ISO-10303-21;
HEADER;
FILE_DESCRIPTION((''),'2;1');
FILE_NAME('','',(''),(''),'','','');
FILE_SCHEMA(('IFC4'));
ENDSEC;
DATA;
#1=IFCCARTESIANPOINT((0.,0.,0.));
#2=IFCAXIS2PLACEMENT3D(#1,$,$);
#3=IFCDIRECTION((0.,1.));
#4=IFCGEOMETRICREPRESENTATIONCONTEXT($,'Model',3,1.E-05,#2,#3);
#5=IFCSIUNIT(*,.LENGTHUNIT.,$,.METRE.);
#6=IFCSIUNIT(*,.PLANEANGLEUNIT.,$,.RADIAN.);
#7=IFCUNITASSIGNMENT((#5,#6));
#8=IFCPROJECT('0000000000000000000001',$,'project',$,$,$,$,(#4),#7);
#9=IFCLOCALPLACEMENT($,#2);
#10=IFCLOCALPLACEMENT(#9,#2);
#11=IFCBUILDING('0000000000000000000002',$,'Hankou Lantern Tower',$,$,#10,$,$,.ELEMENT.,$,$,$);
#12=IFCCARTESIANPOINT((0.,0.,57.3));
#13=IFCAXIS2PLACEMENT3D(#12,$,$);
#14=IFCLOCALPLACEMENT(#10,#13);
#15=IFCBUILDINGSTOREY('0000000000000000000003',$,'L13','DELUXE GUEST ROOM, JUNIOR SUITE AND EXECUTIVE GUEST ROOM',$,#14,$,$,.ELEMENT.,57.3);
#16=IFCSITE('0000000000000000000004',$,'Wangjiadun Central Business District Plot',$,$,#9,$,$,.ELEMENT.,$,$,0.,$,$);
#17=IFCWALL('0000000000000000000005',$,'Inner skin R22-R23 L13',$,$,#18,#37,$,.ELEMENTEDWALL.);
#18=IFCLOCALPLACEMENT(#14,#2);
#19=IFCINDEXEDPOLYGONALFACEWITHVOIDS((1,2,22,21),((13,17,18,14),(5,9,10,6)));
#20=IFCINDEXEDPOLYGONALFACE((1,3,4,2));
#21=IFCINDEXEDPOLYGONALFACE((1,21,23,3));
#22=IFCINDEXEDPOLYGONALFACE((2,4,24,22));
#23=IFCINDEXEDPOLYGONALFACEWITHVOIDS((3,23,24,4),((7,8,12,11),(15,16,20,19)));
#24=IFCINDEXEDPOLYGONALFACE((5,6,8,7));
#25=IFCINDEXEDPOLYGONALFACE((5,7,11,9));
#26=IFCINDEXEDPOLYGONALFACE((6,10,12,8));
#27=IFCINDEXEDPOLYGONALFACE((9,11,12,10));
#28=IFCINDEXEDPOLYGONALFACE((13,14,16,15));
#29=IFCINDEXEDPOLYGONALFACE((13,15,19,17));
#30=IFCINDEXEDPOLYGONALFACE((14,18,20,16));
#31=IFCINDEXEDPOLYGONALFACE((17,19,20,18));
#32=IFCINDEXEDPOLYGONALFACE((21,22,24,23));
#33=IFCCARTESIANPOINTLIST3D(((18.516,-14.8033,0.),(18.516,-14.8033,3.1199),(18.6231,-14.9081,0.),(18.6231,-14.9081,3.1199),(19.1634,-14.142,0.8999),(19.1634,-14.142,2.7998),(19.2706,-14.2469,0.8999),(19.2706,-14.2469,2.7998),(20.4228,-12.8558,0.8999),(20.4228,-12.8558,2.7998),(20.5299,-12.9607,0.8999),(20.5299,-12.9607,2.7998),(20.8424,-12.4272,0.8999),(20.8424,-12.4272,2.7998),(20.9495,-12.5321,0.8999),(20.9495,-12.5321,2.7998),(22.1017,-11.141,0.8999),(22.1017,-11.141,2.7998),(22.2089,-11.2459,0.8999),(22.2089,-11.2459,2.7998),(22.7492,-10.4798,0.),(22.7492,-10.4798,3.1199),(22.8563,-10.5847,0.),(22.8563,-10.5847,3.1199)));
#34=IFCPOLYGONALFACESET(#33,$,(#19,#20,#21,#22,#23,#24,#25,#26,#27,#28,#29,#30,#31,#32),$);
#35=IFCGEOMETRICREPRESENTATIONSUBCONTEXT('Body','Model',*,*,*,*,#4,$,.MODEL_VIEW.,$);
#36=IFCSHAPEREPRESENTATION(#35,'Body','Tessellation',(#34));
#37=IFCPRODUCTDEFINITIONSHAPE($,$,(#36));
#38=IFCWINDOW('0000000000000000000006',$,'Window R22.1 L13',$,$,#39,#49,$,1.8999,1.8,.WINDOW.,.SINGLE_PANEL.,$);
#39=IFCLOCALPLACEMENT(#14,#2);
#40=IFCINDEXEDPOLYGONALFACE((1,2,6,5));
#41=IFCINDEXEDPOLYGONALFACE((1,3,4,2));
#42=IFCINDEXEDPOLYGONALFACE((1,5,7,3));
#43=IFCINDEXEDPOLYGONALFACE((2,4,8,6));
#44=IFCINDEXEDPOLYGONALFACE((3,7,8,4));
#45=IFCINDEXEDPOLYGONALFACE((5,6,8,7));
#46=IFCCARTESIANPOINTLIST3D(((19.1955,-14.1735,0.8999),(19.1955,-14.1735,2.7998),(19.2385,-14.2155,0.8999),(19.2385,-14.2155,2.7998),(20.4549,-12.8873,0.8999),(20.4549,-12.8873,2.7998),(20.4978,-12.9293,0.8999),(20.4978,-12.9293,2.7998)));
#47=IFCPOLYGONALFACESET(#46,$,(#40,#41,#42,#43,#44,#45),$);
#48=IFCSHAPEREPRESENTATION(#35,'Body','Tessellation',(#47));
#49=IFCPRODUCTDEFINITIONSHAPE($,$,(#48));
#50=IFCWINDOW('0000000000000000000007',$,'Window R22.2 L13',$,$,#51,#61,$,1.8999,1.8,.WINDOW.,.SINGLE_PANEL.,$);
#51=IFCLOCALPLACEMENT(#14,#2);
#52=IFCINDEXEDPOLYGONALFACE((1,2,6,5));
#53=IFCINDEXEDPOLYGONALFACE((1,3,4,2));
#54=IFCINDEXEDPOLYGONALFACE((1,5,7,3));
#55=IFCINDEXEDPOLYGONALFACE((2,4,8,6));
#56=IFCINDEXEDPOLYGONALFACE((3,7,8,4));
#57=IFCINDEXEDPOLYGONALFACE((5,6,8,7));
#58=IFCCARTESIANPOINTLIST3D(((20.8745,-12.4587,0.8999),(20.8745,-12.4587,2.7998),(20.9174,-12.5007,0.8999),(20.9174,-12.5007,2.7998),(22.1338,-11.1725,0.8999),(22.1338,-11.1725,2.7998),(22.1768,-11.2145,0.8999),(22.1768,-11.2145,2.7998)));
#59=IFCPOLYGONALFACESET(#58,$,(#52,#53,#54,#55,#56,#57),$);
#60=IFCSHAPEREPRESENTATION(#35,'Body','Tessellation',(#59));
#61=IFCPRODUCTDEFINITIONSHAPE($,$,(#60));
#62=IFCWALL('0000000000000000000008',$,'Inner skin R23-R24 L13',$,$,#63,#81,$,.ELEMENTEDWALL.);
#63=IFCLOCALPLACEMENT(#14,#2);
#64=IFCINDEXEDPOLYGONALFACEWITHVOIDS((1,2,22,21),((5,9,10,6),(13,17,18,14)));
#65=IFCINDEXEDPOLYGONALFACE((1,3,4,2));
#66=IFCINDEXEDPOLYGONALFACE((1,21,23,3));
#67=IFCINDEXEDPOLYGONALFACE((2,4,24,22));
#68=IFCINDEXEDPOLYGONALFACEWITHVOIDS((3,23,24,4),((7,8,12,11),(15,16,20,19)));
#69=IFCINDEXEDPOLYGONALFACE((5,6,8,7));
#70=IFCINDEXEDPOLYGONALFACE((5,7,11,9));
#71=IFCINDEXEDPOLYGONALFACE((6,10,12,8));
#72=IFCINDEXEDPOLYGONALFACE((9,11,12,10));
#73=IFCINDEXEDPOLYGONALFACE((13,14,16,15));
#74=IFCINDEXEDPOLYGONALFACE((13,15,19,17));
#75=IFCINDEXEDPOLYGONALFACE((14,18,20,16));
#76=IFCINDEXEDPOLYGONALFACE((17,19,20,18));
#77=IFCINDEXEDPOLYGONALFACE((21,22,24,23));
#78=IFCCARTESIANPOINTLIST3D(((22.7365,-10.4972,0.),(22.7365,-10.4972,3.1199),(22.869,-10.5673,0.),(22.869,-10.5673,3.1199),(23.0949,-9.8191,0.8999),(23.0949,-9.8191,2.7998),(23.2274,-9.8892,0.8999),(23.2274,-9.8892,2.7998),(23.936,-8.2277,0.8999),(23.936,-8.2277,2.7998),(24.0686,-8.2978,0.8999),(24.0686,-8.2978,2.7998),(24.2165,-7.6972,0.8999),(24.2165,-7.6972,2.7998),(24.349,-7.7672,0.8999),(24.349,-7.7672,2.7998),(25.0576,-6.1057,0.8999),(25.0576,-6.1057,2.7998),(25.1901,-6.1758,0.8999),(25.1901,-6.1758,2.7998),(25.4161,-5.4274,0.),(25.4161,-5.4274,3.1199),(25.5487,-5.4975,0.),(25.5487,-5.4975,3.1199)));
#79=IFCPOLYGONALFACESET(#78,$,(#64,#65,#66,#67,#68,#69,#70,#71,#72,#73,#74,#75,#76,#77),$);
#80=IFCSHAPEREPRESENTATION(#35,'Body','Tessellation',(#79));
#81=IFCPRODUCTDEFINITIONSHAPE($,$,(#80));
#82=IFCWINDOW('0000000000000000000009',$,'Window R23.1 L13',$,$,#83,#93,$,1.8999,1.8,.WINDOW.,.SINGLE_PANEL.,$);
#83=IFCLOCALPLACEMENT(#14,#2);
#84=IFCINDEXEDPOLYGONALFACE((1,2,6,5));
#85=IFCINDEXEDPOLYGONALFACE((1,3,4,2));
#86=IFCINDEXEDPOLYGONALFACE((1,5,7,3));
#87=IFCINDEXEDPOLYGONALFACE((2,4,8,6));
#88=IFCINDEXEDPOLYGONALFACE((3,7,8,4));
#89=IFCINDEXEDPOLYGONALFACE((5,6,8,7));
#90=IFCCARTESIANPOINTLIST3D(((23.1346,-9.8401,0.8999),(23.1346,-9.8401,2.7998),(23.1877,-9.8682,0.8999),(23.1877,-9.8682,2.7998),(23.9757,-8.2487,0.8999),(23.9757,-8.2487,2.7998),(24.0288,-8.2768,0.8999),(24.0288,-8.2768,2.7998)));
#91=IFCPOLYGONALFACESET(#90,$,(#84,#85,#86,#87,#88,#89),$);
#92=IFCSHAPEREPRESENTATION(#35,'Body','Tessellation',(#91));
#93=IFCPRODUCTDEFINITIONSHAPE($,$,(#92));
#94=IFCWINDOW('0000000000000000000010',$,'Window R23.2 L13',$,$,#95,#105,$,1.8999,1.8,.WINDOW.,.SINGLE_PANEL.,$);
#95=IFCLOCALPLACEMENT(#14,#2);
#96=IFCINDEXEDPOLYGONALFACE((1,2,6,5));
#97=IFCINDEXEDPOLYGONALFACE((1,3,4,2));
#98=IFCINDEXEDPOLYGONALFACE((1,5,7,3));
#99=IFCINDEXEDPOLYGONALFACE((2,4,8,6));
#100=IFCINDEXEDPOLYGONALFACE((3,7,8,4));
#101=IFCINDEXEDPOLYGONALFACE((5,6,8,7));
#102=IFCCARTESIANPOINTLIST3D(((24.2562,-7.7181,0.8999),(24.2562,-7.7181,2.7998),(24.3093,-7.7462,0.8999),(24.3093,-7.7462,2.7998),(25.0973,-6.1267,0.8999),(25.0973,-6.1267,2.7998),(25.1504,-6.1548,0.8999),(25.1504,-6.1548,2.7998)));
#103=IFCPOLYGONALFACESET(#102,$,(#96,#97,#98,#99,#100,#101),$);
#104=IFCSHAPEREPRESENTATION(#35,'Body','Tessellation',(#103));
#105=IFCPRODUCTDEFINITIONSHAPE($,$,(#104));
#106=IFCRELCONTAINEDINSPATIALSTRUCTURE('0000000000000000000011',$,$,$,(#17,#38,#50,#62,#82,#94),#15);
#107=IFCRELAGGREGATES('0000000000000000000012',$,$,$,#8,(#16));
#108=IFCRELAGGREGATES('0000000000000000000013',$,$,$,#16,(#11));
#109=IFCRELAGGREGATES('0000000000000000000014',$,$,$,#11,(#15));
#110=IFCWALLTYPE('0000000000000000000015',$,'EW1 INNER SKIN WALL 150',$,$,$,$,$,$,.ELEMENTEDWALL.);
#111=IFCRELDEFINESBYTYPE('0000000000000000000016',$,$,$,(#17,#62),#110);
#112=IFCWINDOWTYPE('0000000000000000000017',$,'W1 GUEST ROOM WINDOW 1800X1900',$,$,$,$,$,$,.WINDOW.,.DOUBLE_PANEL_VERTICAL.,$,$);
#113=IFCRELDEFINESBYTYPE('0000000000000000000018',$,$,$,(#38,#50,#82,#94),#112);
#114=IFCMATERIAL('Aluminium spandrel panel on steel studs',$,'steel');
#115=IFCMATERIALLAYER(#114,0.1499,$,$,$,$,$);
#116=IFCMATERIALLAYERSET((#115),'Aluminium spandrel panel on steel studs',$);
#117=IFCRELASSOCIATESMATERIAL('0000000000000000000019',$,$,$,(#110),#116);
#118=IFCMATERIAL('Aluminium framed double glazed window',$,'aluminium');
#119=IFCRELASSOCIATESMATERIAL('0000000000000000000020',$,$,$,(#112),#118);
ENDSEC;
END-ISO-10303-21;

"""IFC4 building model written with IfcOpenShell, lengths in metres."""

from ifc_helpers import new_model, si_unit, direction, frame, frame_2d, origin, place, context, subcontext, project, spatial, rectangle, extrude, material, layer, layer_set, type_object, element, fill, save


model = new_model("IFC4")

# Units and contexts
model_context = context("Model", 3, precision=1e-05, world=origin(), true_north=direction((0.0, 1.0)))
body_context = subcontext(model_context, "Body", "Model", "MODEL_VIEW")
ifc_project = project(units=[si_unit("LENGTHUNIT", "METRE"), si_unit("PLANEANGLEUNIT", "RADIAN")], contexts=[model_context])

# Site, building, storey
site_placement = place(None, origin())
site = spatial("IfcSite", under=ifc_project, at=site_placement, Name="Wangjiadun Central Business District Plot", CompositionType="ELEMENT", RefElevation=0.0)
building_placement = place(site_placement, origin())
building = spatial("IfcBuilding", under=site, at=building_placement, Name="Hankou Lantern Tower", CompositionType="ELEMENT")
storey_placement = place(building_placement, frame((0.0, 0.0, 57.3)))
storey = spatial("IfcBuildingStorey", under=building, at=storey_placement, Name="L13", Description="DELUXE GUEST ROOM, JUNIOR SUITE AND EXECUTIVE GUEST ROOM", CompositionType="ELEMENT", Elevation=57.3)

# Walls, openings, windows
ifc_material_1 = material(Name="Aluminium spandrel panel on steel studs", Category="steel")
ifc_layer_1 = layer(ifc_material_1, 0.1499)
ifc_layer_set_1 = layer_set([ifc_layer_1], Name="Aluminium spandrel panel on steel studs")
wall_type = type_object("IfcWallType", Name="EW1 INNER SKIN WALL 150", PredefinedType="ELEMENTEDWALL", material=ifc_layer_set_1)
wall_1_placement = place(storey_placement, frame((18.5696, -14.8557, 0.0), z_axis=(0.0, 0.0, 1.0), x_axis=(0.699603, 0.714532, 0.0)))
wall_1 = element("IfcWall", 1, at=wall_1_placement, inside=storey, type_object=wall_type, Name="Inner skin R22-R23 L13", PredefinedType="ELEMENTEDWALL", context=body_context, shape_type="SweptSolid", body=[
    extrude(rectangle(XDim=6.0508, YDim=0.1499, at=frame_2d((3.0254, 0.0))), origin(), (0.0, 0.0, 1.0), 3.1199),
])
opening_1_placement = place(wall_1_placement, frame((0.9255, 0.0, 0.8999)))
opening_1 = element("IfcOpeningElement", 2, at=opening_1_placement, cuts=wall_1, PredefinedType="OPENING", context=body_context, shape_type="SweptSolid", body=[
    extrude(rectangle(XDim=1.8, YDim=1.8999, at=frame_2d((0.8999, 0.95))), frame((0.0, 0.085, 0.0), z_axis=(0.0, -1.0, 0.0), x_axis=(1.0, 0.0, 0.0)), (0.0, 0.0, 1.0), 0.1699),
])
opening_2_placement = place(wall_1_placement, frame((3.3254, 0.0, 0.8999)))
opening_2 = element("IfcOpeningElement", 3, at=opening_2_placement, cuts=wall_1, PredefinedType="OPENING", context=body_context, shape_type="SweptSolid", body=[
    extrude(rectangle(XDim=1.8, YDim=1.8999, at=frame_2d((0.8999, 0.95))), frame((0.0, 0.085, 0.0), z_axis=(0.0, -1.0, 0.0), x_axis=(1.0, 0.0, 0.0)), (0.0, 0.0, 1.0), 0.1699),
])
ifc_material_2 = material(Name="Aluminium framed double glazed window", Category="aluminium")
window_type = type_object("IfcWindowType", Name="W1 GUEST ROOM WINDOW 1800X1900", PartitioningType="DOUBLE_PANEL_VERTICAL", PredefinedType="WINDOW", material=ifc_material_2)
window_1_placement = place(opening_1_placement, origin())
window_1 = element("IfcWindow", 4, at=window_1_placement, inside=storey, type_object=window_type, Name="Window R22.1 L13", OverallHeight=1.8999, OverallWidth=1.8, PartitioningType="SINGLE_PANEL", PredefinedType="WINDOW", context=body_context, shape_type="SweptSolid", body=[
    extrude(rectangle(XDim=1.8, YDim=1.8999, at=frame_2d((0.8999, 0.95))), frame((0.0, 0.03, 0.0), z_axis=(0.0, -1.0, 0.0), x_axis=(1.0, 0.0, 0.0)), (0.0, 0.0, 1.0), 0.0601),
])
fill(opening_1, window_1)
window_2_placement = place(opening_2_placement, origin())
window_2 = element("IfcWindow", 5, at=window_2_placement, inside=storey, type_object=window_type, Name="Window R22.2 L13", OverallHeight=1.8999, OverallWidth=1.8, PartitioningType="SINGLE_PANEL", PredefinedType="WINDOW", context=body_context, shape_type="SweptSolid", body=[
    extrude(rectangle(XDim=1.8, YDim=1.8999, at=frame_2d((0.8999, 0.95))), frame((0.0, 0.03, 0.0), z_axis=(0.0, -1.0, 0.0), x_axis=(1.0, 0.0, 0.0)), (0.0, 0.0, 1.0), 0.0601),
])
fill(opening_2, window_2)
wall_2_placement = place(storey_placement, frame((22.8027, -10.5322, 0.0), z_axis=(0.0, 0.0, 1.0), x_axis=(0.467297, 0.8841, 0.0)))
wall_2 = element("IfcWall", 6, at=wall_2_placement, inside=storey, type_object=wall_type, Name="Inner skin R23-R24 L13", PredefinedType="ELEMENTEDWALL", context=body_context, shape_type="SweptSolid", body=[
    extrude(rectangle(XDim=5.7344, YDim=0.1499, at=frame_2d((2.8672, 0.0))), origin(), (0.0, 0.0, 1.0), 3.1199),
])
opening_3_placement = place(wall_2_placement, frame((0.7671, 0.0, 0.8999)))
opening_3 = element("IfcOpeningElement", 7, at=opening_3_placement, cuts=wall_2, PredefinedType="OPENING", context=body_context, shape_type="SweptSolid", body=[
    extrude(rectangle(XDim=1.8, YDim=1.8999, at=frame_2d((0.8999, 0.95))), frame((0.0, 0.085, 0.0), z_axis=(0.0, -1.0, 0.0), x_axis=(1.0, 0.0, 0.0)), (0.0, 0.0, 1.0), 0.1699),
])
opening_4_placement = place(wall_2_placement, frame((3.1672, 0.0, 0.8999)))
opening_4 = element("IfcOpeningElement", 8, at=opening_4_placement, cuts=wall_2, PredefinedType="OPENING", context=body_context, shape_type="SweptSolid", body=[
    extrude(rectangle(XDim=1.8, YDim=1.8999, at=frame_2d((0.8999, 0.95))), frame((0.0, 0.085, 0.0), z_axis=(0.0, -1.0, 0.0), x_axis=(1.0, 0.0, 0.0)), (0.0, 0.0, 1.0), 0.1699),
])
window_3_placement = place(opening_3_placement, origin())
window_3 = element("IfcWindow", 9, at=window_3_placement, inside=storey, type_object=window_type, Name="Window R23.1 L13", OverallHeight=1.8999, OverallWidth=1.8, PartitioningType="SINGLE_PANEL", PredefinedType="WINDOW", context=body_context, shape_type="SweptSolid", body=[
    extrude(rectangle(XDim=1.8, YDim=1.8999, at=frame_2d((0.8999, 0.95))), frame((0.0, 0.03, 0.0), z_axis=(0.0, -1.0, 0.0), x_axis=(1.0, 0.0, 0.0)), (0.0, 0.0, 1.0), 0.0601),
])
fill(opening_3, window_3)
window_4_placement = place(opening_4_placement, origin())
window_4 = element("IfcWindow", 10, at=window_4_placement, inside=storey, type_object=window_type, Name="Window R23.2 L13", OverallHeight=1.8999, OverallWidth=1.8, PartitioningType="SINGLE_PANEL", PredefinedType="WINDOW", context=body_context, shape_type="SweptSolid", body=[
    extrude(rectangle(XDim=1.8, YDim=1.8999, at=frame_2d((0.8999, 0.95))), frame((0.0, 0.03, 0.0), z_axis=(0.0, -1.0, 0.0), x_axis=(1.0, 0.0, 0.0)), (0.0, 0.0, 1.0), 0.0601),
])
fill(opening_4, window_4)

save(model, "model.ifc")
